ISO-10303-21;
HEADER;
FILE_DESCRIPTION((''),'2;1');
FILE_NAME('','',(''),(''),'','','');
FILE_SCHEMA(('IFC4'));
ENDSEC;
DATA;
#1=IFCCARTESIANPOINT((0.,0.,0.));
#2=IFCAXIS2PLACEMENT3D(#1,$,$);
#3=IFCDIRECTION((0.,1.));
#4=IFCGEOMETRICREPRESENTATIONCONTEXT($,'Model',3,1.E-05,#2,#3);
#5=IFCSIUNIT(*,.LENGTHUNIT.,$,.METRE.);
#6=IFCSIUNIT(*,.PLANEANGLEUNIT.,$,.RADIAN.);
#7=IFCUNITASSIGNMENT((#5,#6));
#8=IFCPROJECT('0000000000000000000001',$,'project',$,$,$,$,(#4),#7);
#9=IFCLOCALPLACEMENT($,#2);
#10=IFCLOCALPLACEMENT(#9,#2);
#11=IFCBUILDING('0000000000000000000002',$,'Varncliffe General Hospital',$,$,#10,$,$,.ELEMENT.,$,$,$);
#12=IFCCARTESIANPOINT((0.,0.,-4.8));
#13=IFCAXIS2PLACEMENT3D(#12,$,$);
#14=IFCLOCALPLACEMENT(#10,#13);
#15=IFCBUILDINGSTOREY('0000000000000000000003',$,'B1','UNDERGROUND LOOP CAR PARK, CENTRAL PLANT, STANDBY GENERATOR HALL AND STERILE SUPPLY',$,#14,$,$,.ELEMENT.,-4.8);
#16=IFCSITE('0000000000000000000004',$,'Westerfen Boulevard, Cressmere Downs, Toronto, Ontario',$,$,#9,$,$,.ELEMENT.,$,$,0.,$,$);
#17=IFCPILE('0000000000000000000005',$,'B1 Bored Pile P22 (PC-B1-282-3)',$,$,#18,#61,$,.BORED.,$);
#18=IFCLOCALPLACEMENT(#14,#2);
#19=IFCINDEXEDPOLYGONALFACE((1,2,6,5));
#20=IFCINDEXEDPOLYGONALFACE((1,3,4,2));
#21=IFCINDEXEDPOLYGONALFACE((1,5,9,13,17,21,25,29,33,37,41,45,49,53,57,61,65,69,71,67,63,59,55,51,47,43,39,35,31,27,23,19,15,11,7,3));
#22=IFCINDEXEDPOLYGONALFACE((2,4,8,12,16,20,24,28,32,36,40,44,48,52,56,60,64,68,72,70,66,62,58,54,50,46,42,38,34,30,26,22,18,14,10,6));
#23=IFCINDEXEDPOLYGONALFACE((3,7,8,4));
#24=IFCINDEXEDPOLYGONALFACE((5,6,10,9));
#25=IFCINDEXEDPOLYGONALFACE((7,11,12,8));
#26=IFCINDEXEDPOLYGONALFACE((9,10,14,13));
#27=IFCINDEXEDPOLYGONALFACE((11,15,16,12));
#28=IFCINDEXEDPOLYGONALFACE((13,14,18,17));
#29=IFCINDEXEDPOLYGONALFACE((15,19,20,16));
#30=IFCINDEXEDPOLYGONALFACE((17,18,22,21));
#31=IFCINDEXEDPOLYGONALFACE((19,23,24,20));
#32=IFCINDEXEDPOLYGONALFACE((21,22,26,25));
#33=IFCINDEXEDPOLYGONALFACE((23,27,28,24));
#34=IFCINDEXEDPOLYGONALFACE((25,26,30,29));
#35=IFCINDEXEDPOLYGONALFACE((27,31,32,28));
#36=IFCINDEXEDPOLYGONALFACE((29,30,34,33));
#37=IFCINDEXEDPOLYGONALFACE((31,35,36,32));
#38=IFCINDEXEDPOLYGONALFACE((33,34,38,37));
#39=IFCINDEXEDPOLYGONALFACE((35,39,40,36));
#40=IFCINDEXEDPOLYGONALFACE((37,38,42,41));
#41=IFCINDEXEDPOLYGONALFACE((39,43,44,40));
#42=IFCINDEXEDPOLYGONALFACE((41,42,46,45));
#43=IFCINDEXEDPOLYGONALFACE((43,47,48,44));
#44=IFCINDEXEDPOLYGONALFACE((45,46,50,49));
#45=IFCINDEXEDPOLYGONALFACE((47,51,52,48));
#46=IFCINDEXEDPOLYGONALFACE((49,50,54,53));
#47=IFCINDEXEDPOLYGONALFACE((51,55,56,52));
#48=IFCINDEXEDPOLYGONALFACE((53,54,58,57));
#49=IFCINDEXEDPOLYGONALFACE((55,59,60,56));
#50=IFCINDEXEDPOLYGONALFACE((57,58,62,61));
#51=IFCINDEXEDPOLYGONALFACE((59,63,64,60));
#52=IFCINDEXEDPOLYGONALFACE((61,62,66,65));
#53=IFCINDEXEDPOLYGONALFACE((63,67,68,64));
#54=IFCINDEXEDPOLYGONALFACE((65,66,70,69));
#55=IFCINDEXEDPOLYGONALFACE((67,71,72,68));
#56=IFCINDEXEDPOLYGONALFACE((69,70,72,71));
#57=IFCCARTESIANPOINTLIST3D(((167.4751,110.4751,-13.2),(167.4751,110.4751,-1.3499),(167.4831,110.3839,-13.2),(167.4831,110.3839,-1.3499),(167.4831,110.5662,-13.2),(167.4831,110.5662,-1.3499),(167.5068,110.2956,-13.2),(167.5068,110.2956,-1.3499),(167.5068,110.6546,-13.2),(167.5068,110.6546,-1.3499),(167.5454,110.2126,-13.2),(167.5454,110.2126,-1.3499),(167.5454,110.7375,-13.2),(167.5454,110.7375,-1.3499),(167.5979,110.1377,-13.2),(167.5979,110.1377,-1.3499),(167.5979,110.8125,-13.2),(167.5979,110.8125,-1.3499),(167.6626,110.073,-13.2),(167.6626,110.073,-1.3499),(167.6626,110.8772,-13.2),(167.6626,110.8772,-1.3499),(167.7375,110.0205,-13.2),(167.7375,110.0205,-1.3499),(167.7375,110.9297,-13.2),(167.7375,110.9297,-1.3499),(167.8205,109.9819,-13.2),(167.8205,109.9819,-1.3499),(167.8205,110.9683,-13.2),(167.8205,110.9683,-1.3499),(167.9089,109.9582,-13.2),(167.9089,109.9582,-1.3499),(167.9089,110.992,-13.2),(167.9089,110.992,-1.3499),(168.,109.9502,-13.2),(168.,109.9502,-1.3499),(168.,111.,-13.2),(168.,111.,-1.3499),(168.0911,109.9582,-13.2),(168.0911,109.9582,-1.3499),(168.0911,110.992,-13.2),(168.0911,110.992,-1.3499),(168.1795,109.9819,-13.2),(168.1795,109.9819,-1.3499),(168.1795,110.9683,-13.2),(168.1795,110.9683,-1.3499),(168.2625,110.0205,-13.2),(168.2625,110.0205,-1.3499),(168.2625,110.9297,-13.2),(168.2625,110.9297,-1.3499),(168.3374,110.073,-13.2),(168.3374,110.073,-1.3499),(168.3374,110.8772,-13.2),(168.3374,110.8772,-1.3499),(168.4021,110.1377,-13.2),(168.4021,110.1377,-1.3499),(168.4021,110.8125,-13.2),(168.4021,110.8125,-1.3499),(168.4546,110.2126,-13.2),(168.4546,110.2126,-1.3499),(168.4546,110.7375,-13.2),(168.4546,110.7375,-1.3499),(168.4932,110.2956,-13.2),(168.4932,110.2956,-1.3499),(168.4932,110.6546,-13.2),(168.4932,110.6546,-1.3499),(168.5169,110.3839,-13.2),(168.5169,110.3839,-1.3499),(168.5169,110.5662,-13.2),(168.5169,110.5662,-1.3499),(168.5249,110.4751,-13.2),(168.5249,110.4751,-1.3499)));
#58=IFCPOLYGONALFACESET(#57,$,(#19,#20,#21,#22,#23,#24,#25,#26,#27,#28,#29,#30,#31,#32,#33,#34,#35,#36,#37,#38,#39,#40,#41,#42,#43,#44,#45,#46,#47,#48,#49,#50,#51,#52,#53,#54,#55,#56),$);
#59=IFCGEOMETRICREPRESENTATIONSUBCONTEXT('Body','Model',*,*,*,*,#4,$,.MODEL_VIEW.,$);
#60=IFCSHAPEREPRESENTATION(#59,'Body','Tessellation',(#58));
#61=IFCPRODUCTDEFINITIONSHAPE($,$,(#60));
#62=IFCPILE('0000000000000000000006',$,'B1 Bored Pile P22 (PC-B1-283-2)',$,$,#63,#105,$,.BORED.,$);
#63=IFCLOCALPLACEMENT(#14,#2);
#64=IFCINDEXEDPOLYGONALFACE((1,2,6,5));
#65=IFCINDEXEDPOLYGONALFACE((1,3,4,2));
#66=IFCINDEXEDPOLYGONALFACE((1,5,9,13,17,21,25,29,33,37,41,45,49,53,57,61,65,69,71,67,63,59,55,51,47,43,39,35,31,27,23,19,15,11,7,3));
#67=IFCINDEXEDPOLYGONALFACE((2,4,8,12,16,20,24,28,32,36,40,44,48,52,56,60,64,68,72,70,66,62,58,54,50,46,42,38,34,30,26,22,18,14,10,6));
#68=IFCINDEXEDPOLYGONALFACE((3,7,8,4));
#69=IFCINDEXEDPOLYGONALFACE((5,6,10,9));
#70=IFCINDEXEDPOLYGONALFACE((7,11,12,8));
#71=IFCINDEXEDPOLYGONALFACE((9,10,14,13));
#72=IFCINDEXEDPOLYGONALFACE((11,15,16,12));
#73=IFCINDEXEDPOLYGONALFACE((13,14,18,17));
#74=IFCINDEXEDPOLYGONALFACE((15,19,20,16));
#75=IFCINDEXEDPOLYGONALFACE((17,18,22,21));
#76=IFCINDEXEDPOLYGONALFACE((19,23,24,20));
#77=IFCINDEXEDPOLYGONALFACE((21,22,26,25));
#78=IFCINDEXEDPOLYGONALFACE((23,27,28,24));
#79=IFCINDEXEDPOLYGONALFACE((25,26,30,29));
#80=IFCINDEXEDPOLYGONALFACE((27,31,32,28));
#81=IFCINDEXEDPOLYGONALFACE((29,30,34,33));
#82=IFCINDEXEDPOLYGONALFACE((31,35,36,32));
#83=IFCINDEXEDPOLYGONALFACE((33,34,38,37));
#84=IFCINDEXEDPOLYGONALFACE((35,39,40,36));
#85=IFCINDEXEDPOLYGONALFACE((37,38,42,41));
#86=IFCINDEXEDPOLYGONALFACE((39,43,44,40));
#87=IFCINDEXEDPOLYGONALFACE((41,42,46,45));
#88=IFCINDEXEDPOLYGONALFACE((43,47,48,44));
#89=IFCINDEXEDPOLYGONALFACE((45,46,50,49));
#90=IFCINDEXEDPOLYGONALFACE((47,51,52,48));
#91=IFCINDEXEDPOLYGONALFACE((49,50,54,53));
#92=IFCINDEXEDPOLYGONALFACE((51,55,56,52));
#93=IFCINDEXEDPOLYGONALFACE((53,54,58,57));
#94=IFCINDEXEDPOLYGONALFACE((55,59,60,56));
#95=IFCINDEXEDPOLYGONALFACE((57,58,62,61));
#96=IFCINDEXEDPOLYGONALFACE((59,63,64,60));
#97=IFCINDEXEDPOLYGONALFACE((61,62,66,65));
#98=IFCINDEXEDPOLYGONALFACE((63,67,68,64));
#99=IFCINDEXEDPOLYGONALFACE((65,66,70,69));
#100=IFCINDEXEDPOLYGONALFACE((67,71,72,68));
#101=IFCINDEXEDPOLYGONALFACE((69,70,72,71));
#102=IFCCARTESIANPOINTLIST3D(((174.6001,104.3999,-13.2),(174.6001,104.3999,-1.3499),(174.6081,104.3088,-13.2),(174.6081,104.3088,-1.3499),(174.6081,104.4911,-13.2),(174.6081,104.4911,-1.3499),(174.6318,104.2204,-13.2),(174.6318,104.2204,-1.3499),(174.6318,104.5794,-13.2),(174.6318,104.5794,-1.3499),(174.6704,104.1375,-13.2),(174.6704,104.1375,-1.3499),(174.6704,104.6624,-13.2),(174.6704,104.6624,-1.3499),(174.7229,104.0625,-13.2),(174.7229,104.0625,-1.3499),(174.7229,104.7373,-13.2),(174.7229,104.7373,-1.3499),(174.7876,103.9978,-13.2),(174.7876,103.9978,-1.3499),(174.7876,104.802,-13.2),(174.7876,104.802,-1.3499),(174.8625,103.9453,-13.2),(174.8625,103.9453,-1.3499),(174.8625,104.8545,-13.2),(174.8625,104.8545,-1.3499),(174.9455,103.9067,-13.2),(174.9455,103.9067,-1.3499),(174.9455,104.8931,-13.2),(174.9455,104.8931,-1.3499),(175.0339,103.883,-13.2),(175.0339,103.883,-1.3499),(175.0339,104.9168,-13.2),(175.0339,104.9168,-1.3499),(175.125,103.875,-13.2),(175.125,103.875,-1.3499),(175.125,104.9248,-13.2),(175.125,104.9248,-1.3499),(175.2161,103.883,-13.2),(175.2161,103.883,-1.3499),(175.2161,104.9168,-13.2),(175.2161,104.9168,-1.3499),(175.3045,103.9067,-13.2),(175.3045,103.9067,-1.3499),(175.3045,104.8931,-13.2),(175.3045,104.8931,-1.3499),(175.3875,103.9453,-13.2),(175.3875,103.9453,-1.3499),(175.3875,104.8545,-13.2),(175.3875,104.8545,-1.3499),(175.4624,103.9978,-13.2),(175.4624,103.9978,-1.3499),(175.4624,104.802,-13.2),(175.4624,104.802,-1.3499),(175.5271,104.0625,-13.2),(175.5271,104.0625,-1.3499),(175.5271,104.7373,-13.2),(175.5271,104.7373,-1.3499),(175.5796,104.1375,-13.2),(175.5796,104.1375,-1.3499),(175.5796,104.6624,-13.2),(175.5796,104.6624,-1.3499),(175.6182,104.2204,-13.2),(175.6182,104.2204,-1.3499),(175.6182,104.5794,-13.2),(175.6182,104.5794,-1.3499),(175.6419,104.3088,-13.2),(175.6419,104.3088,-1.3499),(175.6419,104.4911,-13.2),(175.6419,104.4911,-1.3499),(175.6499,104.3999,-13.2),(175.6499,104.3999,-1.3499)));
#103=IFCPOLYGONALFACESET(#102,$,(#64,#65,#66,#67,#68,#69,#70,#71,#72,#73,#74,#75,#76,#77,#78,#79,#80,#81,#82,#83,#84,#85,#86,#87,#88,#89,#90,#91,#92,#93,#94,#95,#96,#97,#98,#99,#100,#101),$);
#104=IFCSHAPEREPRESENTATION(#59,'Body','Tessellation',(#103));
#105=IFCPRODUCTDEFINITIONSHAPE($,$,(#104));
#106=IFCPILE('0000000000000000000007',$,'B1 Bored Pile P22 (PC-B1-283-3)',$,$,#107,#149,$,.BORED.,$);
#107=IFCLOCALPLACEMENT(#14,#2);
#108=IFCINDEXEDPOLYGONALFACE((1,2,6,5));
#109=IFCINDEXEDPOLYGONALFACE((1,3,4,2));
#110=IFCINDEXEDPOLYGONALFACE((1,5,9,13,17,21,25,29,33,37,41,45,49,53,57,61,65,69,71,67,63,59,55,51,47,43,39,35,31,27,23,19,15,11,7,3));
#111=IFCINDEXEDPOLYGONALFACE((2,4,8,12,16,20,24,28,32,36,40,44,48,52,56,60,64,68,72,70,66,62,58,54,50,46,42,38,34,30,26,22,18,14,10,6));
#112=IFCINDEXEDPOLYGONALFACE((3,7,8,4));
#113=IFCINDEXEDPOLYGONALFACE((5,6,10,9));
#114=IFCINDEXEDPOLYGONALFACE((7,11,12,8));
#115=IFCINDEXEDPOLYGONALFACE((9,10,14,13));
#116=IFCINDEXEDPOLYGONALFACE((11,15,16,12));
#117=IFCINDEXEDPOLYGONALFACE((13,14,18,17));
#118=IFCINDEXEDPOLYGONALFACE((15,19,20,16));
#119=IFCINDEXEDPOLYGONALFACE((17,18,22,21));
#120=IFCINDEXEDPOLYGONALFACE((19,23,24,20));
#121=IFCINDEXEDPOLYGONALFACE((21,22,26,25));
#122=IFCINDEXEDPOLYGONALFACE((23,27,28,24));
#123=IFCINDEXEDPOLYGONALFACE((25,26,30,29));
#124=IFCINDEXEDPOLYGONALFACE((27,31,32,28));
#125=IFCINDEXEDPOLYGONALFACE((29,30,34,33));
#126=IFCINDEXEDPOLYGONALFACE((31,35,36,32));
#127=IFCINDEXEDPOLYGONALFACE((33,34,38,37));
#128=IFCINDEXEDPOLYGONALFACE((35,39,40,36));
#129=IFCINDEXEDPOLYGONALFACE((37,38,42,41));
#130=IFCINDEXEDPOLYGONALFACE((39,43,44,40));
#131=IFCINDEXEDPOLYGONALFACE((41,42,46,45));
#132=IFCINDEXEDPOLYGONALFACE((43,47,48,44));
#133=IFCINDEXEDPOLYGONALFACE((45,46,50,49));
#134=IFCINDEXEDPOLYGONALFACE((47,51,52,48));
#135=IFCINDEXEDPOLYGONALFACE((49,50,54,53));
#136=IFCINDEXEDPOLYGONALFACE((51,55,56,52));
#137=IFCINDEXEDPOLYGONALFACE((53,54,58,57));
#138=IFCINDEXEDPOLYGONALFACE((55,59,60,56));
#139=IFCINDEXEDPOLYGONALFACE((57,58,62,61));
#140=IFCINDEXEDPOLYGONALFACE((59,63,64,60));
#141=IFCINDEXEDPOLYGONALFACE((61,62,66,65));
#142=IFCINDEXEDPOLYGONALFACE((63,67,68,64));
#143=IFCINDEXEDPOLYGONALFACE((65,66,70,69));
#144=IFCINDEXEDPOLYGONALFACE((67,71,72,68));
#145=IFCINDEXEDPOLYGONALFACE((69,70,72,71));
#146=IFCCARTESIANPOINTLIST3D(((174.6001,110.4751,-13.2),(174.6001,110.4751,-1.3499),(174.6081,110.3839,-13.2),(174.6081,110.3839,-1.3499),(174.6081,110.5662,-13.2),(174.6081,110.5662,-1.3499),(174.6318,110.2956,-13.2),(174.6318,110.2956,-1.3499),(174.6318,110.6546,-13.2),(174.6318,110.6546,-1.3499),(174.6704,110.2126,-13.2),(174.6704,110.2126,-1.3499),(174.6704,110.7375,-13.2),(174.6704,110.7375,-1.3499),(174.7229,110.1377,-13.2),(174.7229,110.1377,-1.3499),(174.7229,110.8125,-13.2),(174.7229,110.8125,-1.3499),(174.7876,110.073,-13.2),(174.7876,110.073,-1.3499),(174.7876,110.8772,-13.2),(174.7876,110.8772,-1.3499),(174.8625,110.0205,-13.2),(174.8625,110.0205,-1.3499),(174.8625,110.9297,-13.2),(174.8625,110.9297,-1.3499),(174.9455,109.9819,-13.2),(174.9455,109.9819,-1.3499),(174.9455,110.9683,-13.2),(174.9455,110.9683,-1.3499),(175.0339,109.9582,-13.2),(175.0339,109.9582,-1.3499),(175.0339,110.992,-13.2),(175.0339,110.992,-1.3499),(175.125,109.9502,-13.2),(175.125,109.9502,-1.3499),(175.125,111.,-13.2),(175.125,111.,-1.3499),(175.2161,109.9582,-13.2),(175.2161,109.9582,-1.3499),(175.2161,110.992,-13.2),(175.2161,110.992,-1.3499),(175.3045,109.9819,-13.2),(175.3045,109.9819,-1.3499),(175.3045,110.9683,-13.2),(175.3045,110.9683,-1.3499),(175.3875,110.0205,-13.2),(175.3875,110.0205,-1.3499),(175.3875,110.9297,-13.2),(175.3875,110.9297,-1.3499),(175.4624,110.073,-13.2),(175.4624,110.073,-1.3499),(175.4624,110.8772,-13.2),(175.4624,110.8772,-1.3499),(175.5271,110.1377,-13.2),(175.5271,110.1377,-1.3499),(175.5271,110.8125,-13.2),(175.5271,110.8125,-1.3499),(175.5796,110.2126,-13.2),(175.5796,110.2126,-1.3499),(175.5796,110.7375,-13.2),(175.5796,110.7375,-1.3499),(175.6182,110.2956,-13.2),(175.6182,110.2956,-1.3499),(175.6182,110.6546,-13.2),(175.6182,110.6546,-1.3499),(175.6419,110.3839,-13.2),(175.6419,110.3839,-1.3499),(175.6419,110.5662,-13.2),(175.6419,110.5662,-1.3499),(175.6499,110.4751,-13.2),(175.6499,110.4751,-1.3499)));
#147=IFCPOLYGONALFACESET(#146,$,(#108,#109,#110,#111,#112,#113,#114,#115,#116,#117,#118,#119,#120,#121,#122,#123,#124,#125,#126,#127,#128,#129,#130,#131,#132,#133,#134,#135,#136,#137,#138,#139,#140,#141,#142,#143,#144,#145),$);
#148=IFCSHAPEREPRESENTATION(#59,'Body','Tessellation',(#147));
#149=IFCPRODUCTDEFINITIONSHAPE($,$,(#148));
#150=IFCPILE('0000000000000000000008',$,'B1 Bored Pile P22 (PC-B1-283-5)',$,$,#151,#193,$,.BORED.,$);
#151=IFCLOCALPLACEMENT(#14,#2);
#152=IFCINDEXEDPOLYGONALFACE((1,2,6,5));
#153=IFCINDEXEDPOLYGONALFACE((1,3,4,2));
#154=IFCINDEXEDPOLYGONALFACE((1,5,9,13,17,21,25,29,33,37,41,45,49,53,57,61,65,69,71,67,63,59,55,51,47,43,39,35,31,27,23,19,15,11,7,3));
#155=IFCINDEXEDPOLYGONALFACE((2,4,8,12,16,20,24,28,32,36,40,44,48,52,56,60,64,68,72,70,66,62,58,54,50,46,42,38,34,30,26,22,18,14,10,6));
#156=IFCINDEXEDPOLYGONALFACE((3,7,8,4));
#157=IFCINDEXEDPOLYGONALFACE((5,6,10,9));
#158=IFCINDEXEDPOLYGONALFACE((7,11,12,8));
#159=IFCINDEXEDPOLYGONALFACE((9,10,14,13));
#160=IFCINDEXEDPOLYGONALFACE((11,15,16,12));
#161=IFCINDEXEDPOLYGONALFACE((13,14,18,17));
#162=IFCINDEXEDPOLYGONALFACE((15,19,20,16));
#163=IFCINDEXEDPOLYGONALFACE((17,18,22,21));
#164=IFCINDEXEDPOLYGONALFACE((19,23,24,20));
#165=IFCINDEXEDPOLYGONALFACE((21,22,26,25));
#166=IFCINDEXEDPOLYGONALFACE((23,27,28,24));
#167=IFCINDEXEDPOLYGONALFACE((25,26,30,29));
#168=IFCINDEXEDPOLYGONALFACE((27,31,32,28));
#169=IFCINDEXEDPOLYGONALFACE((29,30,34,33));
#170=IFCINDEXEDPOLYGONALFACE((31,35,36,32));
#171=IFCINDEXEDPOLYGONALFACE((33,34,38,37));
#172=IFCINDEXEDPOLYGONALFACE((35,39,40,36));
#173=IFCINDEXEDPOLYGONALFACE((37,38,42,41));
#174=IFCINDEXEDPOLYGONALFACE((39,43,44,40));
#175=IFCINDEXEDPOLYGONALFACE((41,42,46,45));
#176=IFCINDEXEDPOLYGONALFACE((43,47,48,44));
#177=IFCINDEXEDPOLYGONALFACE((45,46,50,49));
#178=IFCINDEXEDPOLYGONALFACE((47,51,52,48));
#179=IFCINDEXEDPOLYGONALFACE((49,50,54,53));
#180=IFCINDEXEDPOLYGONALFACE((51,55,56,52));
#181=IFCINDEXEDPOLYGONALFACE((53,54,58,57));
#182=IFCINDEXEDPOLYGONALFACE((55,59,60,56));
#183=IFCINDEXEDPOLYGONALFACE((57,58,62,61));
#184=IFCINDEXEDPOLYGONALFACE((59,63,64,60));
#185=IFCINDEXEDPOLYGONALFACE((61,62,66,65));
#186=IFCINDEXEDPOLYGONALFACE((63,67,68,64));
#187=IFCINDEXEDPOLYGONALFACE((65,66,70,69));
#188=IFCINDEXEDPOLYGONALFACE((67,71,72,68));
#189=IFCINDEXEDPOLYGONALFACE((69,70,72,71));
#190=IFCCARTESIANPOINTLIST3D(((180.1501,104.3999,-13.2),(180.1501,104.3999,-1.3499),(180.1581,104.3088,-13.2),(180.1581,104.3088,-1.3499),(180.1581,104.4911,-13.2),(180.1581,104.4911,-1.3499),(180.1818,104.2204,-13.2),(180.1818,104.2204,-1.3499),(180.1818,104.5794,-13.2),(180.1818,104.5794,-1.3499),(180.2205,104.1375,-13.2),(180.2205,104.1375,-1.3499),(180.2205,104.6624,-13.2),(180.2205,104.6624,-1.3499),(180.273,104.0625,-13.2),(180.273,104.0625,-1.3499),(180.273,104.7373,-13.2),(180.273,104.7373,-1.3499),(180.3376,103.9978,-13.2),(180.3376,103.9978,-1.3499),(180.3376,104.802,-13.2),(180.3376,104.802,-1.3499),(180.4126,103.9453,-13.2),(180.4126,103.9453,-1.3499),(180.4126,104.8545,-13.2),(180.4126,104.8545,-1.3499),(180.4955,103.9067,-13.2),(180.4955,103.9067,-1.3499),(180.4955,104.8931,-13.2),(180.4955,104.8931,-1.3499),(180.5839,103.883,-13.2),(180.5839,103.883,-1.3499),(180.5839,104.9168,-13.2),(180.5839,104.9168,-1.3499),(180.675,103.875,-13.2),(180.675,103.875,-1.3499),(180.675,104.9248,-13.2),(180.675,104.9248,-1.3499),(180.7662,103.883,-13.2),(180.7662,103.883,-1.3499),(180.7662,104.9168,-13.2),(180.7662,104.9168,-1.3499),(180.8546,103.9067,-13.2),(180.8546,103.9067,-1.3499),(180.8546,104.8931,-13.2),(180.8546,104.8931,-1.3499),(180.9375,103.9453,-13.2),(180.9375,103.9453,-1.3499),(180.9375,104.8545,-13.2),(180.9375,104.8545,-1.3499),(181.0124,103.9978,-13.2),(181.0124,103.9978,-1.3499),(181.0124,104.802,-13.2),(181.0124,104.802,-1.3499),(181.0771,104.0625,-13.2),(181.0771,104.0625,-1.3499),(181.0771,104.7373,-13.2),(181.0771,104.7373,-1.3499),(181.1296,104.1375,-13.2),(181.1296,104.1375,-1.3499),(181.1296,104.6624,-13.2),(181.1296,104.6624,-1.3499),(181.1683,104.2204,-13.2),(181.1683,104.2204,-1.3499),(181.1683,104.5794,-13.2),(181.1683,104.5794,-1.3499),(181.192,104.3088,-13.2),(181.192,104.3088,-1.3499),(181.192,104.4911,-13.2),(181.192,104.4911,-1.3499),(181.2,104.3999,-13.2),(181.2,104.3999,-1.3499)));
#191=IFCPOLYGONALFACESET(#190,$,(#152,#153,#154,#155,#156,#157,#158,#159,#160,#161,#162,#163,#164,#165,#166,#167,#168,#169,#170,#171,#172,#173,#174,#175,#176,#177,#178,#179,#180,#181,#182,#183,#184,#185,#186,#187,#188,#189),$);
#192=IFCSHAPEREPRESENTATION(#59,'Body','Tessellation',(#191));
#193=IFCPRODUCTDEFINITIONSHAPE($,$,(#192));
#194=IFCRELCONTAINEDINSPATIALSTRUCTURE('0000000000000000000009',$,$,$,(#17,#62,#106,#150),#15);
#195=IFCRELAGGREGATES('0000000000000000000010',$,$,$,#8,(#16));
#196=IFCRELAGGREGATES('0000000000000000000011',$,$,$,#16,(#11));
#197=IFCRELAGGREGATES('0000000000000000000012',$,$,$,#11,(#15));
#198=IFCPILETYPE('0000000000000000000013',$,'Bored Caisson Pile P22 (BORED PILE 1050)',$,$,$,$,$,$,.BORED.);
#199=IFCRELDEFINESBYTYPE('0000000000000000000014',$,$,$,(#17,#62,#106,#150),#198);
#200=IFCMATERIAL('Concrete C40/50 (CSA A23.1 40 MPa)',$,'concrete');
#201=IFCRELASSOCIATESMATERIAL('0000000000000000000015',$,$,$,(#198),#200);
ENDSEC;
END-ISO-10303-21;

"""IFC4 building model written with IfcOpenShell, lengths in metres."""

from ifc_helpers import new_model, si_unit, direction, frame, origin, origin_2d, place, context, subcontext, project, spatial, circle, extrude, material, material_profile, profile_set, type_object, element, save


model = new_model("IFC4")

# Units and contexts
model_context = context("Model", 3, precision=1e-05, world=origin(), true_north=direction((0.0, 1.0)))
body_context = subcontext(model_context, "Body", "Model", "MODEL_VIEW")
ifc_project = project(units=[si_unit("LENGTHUNIT", "METRE"), si_unit("PLANEANGLEUNIT", "RADIAN")], contexts=[model_context])

# Site, building, storey
site_placement = place(None, origin())
site = spatial("IfcSite", under=ifc_project, at=site_placement, Name="Westerfen Boulevard, Cressmere Downs, Toronto, Ontario", CompositionType="ELEMENT", RefElevation=0.0)
building_placement = place(site_placement, origin())
building = spatial("IfcBuilding", under=site, at=building_placement, Name="Varncliffe General Hospital", CompositionType="ELEMENT")
storey_placement = place(building_placement, frame((0.0, 0.0, -4.8)))
storey = spatial("IfcBuildingStorey", under=building, at=storey_placement, Name="B1", Description="UNDERGROUND LOOP CAR PARK, CENTRAL PLANT, STANDBY GENERATOR HALL AND STERILE SUPPLY", CompositionType="ELEMENT", Elevation=-4.8)

# Piles
ifc_material_1 = material(Name="Concrete C40/50 (CSA A23.1 40 MPa)", Category="concrete")
ifc_material_profile_1 = material_profile(ifc_material_1, circle(Radius=0.5249, at=origin_2d()), Name="BORED PILE 1050")
ifc_profile_set_1 = profile_set([ifc_material_profile_1], Name="Concrete C40/50 (CSA A23.1 40 MPa)")
pile_type = type_object("IfcPileType", Name="Bored Caisson Pile P22 (BORED PILE 1050)", PredefinedType="BORED", material=ifc_profile_set_1)
for number, where, z_axis, x_axis, name in (
    (1, (168.0, 110.4751, -1.3499), (0.0, 0.0, -1.0), (1.0, 0.0, 0.0), "B1 Bored Pile P22 (PC-B1-282-3)"),
    (2, (175.125, 104.3999, -1.3499), (0.0, 0.0, -1.0), (1.0, 0.0, 0.0), "B1 Bored Pile P22 (PC-B1-283-2)"),
    (3, (175.125, 110.4751, -1.3499), (0.0, 0.0, -1.0), (1.0, 0.0, 0.0), "B1 Bored Pile P22 (PC-B1-283-3)"),
    (4, (180.675, 104.3999, -1.3499), (0.0, 0.0, -1.0), (1.0, 0.0, 0.0), "B1 Bored Pile P22 (PC-B1-283-5)"),
):
    element("IfcPile", number, at=place(storey_placement, frame(where, z_axis=z_axis, x_axis=x_axis)), inside=storey, type_object=pile_type, Name=name, PredefinedType="BORED", context=body_context, shape_type="SweptSolid", body=[
        extrude(circle(Radius=0.5249, at=origin_2d()), origin(), (0.0, 0.0, 1.0), 11.8501),
    ])

save(model, "model.ifc")
